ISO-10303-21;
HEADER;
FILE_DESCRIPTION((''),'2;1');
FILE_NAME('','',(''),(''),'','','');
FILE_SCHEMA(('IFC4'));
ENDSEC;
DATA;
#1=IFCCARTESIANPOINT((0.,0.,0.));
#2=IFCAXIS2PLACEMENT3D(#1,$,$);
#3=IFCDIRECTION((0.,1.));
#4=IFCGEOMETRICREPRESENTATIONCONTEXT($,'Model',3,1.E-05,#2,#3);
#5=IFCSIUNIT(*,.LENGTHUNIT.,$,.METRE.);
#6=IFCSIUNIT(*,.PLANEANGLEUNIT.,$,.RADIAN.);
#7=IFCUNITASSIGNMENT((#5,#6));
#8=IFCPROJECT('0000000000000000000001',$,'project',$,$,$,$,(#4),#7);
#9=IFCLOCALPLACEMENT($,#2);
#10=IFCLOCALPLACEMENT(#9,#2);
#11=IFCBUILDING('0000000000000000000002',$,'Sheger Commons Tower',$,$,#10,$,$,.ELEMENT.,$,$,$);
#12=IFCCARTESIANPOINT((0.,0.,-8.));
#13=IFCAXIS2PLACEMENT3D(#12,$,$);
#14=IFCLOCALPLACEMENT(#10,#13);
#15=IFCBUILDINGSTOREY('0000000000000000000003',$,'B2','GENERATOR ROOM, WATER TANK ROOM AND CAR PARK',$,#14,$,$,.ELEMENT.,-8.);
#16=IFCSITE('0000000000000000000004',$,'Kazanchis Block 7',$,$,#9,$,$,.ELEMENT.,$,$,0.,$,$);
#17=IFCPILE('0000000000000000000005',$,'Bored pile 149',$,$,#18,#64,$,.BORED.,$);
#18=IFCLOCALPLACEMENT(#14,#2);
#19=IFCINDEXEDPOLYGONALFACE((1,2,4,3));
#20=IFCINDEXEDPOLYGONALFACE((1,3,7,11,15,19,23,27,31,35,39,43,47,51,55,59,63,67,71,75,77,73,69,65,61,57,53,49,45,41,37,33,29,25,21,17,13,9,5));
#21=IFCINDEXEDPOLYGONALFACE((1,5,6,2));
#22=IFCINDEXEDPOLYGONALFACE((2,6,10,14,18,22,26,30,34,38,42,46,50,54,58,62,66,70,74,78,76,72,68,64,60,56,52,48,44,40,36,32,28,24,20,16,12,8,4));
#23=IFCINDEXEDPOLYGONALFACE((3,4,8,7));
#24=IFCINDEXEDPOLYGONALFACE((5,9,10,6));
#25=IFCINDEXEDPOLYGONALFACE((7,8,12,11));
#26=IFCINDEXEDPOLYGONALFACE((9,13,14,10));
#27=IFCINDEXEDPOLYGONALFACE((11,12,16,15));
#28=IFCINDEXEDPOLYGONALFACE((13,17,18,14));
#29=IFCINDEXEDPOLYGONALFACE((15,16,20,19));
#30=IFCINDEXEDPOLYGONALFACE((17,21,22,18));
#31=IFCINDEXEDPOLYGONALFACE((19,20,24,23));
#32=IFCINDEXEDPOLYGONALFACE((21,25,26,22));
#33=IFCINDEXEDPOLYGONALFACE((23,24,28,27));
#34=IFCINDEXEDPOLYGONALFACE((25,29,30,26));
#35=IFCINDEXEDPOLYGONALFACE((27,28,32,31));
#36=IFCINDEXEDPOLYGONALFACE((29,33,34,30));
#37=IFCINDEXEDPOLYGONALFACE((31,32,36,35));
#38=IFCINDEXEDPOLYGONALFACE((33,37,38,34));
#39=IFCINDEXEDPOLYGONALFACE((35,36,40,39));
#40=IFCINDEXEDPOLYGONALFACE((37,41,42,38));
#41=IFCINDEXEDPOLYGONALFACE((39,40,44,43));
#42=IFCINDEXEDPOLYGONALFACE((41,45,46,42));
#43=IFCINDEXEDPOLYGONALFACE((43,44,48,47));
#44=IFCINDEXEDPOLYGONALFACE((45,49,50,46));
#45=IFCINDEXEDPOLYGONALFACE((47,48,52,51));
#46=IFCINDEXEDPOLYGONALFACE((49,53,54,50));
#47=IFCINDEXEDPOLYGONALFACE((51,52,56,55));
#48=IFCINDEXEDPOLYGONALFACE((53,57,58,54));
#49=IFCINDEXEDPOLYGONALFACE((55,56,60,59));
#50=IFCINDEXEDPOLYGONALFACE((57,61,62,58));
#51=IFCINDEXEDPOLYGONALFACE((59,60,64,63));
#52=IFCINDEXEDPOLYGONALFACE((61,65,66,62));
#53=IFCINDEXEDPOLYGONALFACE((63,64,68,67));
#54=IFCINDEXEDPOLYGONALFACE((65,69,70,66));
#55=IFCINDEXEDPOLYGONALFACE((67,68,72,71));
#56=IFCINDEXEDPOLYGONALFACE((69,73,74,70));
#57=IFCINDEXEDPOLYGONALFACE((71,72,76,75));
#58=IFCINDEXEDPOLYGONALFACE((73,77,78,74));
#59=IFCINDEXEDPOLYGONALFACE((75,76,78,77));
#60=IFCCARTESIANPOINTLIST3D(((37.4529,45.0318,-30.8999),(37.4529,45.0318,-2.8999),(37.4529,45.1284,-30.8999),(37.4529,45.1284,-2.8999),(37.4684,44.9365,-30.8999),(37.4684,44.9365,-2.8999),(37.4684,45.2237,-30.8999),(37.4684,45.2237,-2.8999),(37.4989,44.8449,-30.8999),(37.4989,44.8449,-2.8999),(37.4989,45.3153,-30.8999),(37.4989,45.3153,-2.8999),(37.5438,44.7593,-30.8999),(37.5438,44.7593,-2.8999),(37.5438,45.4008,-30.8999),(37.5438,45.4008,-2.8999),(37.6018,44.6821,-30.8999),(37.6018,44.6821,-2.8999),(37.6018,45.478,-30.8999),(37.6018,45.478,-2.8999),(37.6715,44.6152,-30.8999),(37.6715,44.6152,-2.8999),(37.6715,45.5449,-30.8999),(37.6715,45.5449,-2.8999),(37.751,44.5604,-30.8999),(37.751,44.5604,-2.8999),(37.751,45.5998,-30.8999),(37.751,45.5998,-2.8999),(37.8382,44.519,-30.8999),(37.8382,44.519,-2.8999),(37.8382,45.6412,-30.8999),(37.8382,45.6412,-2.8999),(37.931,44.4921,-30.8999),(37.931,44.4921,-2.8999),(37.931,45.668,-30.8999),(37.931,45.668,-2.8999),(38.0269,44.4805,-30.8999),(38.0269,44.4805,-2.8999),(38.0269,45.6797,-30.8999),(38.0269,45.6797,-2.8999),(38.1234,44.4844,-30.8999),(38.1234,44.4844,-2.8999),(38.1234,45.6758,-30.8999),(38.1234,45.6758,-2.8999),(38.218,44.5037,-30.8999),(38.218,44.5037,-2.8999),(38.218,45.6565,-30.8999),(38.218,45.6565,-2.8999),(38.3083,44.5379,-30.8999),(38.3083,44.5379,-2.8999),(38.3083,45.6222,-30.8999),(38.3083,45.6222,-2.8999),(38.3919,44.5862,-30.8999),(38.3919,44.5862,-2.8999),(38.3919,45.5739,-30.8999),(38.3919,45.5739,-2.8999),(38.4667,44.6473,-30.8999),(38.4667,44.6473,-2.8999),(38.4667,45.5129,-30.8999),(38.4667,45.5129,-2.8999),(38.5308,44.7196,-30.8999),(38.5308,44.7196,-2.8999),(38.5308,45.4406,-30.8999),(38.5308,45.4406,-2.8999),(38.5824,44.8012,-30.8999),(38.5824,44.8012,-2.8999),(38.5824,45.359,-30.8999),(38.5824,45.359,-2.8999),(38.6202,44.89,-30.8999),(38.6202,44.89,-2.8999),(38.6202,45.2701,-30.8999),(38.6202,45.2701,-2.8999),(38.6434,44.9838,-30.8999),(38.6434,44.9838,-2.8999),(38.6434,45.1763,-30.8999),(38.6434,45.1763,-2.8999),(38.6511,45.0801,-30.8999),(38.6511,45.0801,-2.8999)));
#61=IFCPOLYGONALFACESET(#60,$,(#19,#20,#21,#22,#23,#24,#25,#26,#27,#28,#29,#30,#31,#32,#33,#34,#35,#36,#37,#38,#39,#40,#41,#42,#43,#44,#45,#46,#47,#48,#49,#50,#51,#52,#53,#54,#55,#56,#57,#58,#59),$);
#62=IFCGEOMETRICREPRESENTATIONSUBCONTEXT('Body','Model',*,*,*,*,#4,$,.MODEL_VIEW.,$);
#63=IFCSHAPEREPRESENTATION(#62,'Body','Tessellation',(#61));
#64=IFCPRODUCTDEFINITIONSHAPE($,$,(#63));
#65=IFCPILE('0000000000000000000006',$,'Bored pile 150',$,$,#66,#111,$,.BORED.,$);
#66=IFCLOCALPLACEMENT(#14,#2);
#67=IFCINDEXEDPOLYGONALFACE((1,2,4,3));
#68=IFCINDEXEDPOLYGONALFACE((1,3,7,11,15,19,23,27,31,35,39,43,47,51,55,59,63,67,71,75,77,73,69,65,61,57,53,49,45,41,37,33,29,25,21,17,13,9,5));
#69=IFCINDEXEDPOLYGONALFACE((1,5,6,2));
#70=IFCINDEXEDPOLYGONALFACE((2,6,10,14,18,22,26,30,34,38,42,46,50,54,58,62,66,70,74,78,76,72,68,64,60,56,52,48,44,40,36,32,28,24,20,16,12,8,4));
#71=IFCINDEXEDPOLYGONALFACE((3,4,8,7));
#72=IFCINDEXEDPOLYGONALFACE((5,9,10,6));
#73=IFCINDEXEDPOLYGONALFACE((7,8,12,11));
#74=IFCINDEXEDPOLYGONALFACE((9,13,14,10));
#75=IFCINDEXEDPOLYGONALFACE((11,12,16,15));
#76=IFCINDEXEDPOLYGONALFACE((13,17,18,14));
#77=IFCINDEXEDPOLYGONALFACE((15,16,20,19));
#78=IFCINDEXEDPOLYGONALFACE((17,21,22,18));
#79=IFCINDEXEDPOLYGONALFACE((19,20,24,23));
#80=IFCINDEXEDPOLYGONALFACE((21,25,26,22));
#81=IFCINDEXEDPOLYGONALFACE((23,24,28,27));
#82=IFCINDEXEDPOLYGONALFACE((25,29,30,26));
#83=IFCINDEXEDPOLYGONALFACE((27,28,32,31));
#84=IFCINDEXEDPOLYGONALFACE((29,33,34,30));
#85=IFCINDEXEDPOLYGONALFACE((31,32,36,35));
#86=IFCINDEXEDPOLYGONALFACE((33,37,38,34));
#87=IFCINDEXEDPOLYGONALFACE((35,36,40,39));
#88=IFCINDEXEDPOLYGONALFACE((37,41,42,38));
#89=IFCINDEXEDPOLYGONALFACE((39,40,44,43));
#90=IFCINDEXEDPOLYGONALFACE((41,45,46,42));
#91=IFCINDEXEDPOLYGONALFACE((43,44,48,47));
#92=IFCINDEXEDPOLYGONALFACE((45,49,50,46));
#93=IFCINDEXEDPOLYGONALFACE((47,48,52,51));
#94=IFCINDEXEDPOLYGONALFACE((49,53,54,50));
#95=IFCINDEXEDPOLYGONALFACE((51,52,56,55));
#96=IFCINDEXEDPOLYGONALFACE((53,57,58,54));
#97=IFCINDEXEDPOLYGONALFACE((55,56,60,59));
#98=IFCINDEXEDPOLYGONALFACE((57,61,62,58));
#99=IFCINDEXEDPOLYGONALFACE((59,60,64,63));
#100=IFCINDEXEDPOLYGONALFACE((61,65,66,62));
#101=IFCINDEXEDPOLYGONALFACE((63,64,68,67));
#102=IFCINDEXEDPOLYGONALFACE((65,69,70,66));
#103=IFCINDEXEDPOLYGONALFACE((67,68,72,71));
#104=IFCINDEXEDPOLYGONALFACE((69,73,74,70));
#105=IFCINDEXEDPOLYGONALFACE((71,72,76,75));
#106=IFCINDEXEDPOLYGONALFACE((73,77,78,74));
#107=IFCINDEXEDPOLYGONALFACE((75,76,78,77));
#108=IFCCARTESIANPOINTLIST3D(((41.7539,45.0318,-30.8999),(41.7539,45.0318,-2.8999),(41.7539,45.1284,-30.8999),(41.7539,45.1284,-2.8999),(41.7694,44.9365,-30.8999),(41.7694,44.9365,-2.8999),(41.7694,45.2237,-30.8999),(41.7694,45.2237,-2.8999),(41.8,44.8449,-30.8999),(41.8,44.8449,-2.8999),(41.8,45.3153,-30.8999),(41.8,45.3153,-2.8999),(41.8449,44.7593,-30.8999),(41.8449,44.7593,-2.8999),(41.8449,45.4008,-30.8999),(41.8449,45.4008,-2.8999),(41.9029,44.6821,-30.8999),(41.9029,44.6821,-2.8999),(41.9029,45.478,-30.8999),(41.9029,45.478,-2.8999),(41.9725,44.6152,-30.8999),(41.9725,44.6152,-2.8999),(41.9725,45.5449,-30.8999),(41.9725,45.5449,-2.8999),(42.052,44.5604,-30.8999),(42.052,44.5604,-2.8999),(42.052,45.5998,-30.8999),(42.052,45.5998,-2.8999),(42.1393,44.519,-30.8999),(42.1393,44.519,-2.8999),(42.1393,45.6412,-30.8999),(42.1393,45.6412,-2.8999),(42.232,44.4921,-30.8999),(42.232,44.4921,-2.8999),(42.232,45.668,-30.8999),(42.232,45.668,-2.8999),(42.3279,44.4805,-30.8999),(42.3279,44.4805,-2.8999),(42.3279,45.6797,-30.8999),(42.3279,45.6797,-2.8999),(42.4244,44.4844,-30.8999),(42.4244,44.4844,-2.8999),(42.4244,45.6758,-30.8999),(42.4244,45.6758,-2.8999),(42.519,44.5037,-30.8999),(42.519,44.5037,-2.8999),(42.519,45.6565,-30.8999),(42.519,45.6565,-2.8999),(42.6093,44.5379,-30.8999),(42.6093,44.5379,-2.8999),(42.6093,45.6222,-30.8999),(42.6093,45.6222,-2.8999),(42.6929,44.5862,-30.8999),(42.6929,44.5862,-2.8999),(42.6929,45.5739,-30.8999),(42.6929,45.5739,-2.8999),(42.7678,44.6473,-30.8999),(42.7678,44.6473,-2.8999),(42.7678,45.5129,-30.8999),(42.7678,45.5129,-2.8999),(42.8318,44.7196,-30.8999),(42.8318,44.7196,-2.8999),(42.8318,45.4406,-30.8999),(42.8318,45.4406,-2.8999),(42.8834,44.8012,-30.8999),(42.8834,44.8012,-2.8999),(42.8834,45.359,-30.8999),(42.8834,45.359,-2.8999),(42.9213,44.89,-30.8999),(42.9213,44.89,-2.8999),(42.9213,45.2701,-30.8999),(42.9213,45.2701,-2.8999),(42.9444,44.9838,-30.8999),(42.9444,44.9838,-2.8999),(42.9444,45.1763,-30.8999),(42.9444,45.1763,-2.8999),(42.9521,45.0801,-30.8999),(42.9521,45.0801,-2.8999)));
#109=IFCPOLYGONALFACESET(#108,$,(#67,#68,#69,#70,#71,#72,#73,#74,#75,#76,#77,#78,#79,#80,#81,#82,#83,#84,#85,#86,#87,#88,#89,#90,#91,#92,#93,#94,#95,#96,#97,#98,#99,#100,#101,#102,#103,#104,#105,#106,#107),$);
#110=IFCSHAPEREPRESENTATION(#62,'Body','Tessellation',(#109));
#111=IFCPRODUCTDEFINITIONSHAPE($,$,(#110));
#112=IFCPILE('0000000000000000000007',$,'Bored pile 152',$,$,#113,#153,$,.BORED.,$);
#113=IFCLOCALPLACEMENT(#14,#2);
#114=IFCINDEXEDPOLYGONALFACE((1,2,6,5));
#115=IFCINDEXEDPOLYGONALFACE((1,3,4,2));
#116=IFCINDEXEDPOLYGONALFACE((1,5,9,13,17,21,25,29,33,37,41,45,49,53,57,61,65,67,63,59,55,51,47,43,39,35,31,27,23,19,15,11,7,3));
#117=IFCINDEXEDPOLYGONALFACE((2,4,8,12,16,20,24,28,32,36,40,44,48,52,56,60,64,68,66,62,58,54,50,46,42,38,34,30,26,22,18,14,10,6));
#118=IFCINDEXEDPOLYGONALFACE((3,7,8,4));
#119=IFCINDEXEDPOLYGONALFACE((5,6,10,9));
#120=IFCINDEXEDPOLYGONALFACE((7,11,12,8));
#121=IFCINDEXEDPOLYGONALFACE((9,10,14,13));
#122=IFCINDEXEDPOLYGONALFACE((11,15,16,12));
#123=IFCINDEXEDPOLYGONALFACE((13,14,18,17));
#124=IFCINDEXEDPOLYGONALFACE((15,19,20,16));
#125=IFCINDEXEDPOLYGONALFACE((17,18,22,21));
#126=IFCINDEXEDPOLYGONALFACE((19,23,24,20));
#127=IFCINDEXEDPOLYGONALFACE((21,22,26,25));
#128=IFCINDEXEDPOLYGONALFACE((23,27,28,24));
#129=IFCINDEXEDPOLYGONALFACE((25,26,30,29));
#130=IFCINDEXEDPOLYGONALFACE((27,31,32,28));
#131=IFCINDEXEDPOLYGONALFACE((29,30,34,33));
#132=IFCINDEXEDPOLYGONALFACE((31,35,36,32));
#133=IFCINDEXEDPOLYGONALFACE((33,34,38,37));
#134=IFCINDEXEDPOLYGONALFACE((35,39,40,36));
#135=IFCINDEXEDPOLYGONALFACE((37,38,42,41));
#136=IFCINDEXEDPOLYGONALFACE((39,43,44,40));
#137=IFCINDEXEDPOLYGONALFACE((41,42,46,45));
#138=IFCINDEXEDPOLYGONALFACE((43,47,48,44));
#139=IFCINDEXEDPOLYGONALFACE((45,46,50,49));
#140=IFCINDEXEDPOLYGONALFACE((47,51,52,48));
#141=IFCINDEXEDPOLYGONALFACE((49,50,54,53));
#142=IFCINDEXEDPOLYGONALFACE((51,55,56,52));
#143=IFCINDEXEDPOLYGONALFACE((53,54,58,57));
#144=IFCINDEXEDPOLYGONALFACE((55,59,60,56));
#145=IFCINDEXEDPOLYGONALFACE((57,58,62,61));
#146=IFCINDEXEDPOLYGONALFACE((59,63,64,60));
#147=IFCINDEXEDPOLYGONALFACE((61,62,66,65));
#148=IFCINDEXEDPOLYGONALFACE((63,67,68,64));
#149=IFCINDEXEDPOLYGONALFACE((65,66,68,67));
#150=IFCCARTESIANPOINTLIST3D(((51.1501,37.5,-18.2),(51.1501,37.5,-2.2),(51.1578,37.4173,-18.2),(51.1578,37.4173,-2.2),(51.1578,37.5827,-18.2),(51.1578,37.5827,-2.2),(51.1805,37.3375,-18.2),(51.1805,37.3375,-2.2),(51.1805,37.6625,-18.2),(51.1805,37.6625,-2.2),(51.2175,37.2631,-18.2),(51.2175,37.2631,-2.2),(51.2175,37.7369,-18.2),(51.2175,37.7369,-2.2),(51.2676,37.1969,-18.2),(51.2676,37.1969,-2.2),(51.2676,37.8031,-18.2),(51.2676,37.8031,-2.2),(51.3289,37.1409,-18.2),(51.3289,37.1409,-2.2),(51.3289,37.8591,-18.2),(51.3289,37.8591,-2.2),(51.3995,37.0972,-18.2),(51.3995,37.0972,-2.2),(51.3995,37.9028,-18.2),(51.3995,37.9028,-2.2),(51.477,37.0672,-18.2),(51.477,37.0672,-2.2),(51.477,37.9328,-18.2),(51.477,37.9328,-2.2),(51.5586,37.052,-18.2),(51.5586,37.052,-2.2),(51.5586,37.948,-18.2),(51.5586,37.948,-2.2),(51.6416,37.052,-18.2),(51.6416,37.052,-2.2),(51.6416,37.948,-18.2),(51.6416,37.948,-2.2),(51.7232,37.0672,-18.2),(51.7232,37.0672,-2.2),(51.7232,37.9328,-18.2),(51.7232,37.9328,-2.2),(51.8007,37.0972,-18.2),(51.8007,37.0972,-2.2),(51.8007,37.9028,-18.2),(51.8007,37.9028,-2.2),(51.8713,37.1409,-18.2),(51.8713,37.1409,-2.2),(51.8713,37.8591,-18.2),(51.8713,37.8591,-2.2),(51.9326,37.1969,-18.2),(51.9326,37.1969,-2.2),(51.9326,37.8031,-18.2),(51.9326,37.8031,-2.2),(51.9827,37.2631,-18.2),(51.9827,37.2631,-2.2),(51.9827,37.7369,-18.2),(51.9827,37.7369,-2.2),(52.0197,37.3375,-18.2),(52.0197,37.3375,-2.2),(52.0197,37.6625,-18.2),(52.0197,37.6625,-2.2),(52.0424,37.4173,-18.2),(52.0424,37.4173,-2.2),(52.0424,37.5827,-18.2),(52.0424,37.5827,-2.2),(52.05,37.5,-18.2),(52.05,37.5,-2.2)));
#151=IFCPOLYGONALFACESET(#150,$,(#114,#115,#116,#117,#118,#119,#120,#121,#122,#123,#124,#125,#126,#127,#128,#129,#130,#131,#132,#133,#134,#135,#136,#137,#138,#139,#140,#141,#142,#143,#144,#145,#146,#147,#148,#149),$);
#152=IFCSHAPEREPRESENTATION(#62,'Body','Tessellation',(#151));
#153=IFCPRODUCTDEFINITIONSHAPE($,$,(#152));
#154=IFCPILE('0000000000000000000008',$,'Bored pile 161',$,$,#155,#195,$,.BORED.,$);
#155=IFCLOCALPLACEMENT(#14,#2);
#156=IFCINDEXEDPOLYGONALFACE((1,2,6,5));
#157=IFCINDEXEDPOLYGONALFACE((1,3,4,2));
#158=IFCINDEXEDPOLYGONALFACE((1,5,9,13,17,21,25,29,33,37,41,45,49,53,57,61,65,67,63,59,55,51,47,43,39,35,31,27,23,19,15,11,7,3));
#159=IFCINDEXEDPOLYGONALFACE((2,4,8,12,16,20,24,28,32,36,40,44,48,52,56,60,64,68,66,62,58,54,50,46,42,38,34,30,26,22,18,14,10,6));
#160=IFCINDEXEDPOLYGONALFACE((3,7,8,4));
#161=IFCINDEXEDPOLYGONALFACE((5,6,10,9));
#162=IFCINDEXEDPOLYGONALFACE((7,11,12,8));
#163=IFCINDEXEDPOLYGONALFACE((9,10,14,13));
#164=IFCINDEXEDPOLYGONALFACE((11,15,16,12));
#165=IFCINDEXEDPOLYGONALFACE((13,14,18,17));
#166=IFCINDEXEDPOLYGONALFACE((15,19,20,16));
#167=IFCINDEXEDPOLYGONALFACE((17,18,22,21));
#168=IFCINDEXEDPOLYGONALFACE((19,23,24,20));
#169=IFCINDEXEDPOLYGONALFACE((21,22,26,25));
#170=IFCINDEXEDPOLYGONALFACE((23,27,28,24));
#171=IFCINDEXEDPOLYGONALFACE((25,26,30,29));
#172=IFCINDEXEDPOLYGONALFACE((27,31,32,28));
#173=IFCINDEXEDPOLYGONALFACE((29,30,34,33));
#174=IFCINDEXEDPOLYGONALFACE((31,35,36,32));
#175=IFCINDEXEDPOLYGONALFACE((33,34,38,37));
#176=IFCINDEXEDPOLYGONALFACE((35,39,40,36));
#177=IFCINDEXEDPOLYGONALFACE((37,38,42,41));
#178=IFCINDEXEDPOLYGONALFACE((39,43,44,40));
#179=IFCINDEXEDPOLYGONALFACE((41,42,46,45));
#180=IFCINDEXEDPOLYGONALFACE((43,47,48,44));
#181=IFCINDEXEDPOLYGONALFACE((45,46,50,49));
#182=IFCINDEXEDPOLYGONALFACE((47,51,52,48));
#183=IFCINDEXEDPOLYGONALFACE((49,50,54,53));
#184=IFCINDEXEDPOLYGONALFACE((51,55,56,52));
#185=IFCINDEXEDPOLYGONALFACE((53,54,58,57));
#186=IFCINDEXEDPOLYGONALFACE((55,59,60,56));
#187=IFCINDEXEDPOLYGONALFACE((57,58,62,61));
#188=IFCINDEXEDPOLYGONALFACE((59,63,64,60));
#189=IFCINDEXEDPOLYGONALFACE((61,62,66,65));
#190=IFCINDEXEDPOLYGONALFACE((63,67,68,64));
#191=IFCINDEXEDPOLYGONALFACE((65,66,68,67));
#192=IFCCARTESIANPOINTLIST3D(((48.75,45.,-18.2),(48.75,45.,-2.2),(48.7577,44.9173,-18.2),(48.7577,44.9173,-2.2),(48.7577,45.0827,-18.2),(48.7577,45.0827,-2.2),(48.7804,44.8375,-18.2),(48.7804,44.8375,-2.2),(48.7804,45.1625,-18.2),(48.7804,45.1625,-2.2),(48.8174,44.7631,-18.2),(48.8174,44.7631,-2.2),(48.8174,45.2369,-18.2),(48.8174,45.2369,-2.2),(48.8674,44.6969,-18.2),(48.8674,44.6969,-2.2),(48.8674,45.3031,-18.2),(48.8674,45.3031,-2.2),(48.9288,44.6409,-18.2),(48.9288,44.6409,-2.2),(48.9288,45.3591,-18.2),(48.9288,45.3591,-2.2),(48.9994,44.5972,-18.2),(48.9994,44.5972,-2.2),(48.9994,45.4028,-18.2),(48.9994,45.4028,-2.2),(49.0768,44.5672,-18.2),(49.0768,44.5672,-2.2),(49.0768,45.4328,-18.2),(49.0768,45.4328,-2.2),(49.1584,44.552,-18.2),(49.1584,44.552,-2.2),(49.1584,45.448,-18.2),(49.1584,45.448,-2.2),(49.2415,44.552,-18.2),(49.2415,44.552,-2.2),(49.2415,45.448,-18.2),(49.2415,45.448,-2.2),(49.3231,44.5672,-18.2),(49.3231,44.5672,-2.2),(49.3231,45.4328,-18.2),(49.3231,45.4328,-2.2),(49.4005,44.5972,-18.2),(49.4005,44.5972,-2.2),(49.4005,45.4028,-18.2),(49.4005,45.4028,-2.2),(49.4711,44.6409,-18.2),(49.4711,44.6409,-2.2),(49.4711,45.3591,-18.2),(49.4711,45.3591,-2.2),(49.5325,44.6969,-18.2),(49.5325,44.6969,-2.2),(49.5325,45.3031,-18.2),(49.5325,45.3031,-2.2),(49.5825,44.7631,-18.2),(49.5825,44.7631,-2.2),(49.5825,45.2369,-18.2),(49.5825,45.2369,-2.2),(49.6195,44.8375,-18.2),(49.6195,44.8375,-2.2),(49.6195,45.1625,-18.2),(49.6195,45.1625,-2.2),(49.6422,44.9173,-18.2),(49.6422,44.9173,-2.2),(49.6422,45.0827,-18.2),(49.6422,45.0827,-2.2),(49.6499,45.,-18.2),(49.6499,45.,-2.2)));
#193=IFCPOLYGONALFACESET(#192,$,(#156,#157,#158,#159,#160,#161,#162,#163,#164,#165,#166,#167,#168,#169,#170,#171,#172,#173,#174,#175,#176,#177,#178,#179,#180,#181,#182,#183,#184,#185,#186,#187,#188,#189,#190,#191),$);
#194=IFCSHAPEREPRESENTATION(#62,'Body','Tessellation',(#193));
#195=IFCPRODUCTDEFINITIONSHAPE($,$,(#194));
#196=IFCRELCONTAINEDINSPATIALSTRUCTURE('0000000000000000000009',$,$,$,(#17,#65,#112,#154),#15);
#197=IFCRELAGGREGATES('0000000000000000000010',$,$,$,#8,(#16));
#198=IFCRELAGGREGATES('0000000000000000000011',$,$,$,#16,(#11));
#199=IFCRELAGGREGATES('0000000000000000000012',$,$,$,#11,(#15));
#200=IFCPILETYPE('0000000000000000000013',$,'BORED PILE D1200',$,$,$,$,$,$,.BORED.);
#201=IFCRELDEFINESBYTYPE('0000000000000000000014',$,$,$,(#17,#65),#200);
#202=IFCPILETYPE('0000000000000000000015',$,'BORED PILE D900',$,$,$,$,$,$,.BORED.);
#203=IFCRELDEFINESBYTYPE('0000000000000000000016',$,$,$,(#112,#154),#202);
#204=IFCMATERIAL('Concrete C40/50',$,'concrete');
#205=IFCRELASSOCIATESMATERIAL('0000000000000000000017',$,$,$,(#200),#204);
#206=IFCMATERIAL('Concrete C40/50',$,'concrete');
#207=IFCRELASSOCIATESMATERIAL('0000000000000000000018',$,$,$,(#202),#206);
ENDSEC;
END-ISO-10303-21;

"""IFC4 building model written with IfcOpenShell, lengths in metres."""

from ifc_helpers import new_model, si_unit, direction, frame, origin, origin_2d, place, context, subcontext, project, spatial, circle, extrude, material, material_profile, profile_set, type_object, element, save


model = new_model("IFC4")

# Units and contexts
model_context = context("Model", 3, precision=1e-05, world=origin(), true_north=direction((0.0, 1.0)))
body_context = subcontext(model_context, "Body", "Model", "MODEL_VIEW")
ifc_project = project(units=[si_unit("LENGTHUNIT", "METRE"), si_unit("PLANEANGLEUNIT", "RADIAN")], contexts=[model_context])

# Site, building, storey
site_placement = place(None, origin())
site = spatial("IfcSite", under=ifc_project, at=site_placement, Name="Kazanchis Block 7", CompositionType="ELEMENT", RefElevation=0.0)
building_placement = place(site_placement, origin())
building = spatial("IfcBuilding", under=site, at=building_placement, Name="Sheger Commons Tower", CompositionType="ELEMENT")
storey_placement = place(building_placement, frame((0.0, 0.0, -8.0)))
storey = spatial("IfcBuildingStorey", under=building, at=storey_placement, Name="B2", Description="GENERATOR ROOM, WATER TANK ROOM AND CAR PARK", CompositionType="ELEMENT", Elevation=-8.0)

# Piles
ifc_material_1 = material(Name="Concrete C40/50", Category="concrete")
ifc_material_profile_1 = material_profile(ifc_material_1, circle(Radius=0.6001, at=origin_2d()), Name="PILE D1200")
ifc_profile_set_1 = profile_set([ifc_material_profile_1], Name="Concrete C40/50")
pile_type_1 = type_object("IfcPileType", Name="BORED PILE D1200", PredefinedType="BORED", material=ifc_profile_set_1)
for number, where, z_axis, x_axis, name in (
    (1, (38.051, 45.0801, -2.8999), (0.0, 0.0, -1.0), (1.0, 0.0, 0.0), "Bored pile 149"),
    (2, (42.3521, 45.0801, -2.8999), (0.0, 0.0, -1.0), (1.0, 0.0, 0.0), "Bored pile 150"),
):
    element("IfcPile", number, at=place(storey_placement, frame(where, z_axis=z_axis, x_axis=x_axis)), inside=storey, type_object=pile_type_1, Name=name, PredefinedType="BORED", context=body_context, shape_type="SweptSolid", body=[
        extrude(circle(Radius=0.6001, at=origin_2d()), origin(), (0.0, 0.0, 1.0), 28.0),
    ])
ifc_material_2 = material(Name="Concrete C40/50", Category="concrete")
ifc_material_profile_2 = material_profile(ifc_material_2, circle(Radius=0.45, at=origin_2d()), Name="PILE D900")
ifc_profile_set_2 = profile_set([ifc_material_profile_2], Name="Concrete C40/50")
pile_type_2 = type_object("IfcPileType", Name="BORED PILE D900", PredefinedType="BORED", material=ifc_profile_set_2)
for number, where, z_axis, x_axis, name in (
    (3, (51.6001, 37.5, -2.2), (0.0, 0.0, -1.0), (1.0, 0.0, 0.0), "Bored pile 152"),
    (4, (49.2, 45.0, -2.2), (0.0, 0.0, -1.0), (1.0, 0.0, 0.0), "Bored pile 161"),
):
    element("IfcPile", number, at=place(storey_placement, frame(where, z_axis=z_axis, x_axis=x_axis)), inside=storey, type_object=pile_type_2, Name=name, PredefinedType="BORED", context=body_context, shape_type="SweptSolid", body=[
        extrude(circle(Radius=0.45, at=origin_2d()), origin(), (0.0, 0.0, 1.0), 16.0),
    ])

save(model, "model.ifc")
